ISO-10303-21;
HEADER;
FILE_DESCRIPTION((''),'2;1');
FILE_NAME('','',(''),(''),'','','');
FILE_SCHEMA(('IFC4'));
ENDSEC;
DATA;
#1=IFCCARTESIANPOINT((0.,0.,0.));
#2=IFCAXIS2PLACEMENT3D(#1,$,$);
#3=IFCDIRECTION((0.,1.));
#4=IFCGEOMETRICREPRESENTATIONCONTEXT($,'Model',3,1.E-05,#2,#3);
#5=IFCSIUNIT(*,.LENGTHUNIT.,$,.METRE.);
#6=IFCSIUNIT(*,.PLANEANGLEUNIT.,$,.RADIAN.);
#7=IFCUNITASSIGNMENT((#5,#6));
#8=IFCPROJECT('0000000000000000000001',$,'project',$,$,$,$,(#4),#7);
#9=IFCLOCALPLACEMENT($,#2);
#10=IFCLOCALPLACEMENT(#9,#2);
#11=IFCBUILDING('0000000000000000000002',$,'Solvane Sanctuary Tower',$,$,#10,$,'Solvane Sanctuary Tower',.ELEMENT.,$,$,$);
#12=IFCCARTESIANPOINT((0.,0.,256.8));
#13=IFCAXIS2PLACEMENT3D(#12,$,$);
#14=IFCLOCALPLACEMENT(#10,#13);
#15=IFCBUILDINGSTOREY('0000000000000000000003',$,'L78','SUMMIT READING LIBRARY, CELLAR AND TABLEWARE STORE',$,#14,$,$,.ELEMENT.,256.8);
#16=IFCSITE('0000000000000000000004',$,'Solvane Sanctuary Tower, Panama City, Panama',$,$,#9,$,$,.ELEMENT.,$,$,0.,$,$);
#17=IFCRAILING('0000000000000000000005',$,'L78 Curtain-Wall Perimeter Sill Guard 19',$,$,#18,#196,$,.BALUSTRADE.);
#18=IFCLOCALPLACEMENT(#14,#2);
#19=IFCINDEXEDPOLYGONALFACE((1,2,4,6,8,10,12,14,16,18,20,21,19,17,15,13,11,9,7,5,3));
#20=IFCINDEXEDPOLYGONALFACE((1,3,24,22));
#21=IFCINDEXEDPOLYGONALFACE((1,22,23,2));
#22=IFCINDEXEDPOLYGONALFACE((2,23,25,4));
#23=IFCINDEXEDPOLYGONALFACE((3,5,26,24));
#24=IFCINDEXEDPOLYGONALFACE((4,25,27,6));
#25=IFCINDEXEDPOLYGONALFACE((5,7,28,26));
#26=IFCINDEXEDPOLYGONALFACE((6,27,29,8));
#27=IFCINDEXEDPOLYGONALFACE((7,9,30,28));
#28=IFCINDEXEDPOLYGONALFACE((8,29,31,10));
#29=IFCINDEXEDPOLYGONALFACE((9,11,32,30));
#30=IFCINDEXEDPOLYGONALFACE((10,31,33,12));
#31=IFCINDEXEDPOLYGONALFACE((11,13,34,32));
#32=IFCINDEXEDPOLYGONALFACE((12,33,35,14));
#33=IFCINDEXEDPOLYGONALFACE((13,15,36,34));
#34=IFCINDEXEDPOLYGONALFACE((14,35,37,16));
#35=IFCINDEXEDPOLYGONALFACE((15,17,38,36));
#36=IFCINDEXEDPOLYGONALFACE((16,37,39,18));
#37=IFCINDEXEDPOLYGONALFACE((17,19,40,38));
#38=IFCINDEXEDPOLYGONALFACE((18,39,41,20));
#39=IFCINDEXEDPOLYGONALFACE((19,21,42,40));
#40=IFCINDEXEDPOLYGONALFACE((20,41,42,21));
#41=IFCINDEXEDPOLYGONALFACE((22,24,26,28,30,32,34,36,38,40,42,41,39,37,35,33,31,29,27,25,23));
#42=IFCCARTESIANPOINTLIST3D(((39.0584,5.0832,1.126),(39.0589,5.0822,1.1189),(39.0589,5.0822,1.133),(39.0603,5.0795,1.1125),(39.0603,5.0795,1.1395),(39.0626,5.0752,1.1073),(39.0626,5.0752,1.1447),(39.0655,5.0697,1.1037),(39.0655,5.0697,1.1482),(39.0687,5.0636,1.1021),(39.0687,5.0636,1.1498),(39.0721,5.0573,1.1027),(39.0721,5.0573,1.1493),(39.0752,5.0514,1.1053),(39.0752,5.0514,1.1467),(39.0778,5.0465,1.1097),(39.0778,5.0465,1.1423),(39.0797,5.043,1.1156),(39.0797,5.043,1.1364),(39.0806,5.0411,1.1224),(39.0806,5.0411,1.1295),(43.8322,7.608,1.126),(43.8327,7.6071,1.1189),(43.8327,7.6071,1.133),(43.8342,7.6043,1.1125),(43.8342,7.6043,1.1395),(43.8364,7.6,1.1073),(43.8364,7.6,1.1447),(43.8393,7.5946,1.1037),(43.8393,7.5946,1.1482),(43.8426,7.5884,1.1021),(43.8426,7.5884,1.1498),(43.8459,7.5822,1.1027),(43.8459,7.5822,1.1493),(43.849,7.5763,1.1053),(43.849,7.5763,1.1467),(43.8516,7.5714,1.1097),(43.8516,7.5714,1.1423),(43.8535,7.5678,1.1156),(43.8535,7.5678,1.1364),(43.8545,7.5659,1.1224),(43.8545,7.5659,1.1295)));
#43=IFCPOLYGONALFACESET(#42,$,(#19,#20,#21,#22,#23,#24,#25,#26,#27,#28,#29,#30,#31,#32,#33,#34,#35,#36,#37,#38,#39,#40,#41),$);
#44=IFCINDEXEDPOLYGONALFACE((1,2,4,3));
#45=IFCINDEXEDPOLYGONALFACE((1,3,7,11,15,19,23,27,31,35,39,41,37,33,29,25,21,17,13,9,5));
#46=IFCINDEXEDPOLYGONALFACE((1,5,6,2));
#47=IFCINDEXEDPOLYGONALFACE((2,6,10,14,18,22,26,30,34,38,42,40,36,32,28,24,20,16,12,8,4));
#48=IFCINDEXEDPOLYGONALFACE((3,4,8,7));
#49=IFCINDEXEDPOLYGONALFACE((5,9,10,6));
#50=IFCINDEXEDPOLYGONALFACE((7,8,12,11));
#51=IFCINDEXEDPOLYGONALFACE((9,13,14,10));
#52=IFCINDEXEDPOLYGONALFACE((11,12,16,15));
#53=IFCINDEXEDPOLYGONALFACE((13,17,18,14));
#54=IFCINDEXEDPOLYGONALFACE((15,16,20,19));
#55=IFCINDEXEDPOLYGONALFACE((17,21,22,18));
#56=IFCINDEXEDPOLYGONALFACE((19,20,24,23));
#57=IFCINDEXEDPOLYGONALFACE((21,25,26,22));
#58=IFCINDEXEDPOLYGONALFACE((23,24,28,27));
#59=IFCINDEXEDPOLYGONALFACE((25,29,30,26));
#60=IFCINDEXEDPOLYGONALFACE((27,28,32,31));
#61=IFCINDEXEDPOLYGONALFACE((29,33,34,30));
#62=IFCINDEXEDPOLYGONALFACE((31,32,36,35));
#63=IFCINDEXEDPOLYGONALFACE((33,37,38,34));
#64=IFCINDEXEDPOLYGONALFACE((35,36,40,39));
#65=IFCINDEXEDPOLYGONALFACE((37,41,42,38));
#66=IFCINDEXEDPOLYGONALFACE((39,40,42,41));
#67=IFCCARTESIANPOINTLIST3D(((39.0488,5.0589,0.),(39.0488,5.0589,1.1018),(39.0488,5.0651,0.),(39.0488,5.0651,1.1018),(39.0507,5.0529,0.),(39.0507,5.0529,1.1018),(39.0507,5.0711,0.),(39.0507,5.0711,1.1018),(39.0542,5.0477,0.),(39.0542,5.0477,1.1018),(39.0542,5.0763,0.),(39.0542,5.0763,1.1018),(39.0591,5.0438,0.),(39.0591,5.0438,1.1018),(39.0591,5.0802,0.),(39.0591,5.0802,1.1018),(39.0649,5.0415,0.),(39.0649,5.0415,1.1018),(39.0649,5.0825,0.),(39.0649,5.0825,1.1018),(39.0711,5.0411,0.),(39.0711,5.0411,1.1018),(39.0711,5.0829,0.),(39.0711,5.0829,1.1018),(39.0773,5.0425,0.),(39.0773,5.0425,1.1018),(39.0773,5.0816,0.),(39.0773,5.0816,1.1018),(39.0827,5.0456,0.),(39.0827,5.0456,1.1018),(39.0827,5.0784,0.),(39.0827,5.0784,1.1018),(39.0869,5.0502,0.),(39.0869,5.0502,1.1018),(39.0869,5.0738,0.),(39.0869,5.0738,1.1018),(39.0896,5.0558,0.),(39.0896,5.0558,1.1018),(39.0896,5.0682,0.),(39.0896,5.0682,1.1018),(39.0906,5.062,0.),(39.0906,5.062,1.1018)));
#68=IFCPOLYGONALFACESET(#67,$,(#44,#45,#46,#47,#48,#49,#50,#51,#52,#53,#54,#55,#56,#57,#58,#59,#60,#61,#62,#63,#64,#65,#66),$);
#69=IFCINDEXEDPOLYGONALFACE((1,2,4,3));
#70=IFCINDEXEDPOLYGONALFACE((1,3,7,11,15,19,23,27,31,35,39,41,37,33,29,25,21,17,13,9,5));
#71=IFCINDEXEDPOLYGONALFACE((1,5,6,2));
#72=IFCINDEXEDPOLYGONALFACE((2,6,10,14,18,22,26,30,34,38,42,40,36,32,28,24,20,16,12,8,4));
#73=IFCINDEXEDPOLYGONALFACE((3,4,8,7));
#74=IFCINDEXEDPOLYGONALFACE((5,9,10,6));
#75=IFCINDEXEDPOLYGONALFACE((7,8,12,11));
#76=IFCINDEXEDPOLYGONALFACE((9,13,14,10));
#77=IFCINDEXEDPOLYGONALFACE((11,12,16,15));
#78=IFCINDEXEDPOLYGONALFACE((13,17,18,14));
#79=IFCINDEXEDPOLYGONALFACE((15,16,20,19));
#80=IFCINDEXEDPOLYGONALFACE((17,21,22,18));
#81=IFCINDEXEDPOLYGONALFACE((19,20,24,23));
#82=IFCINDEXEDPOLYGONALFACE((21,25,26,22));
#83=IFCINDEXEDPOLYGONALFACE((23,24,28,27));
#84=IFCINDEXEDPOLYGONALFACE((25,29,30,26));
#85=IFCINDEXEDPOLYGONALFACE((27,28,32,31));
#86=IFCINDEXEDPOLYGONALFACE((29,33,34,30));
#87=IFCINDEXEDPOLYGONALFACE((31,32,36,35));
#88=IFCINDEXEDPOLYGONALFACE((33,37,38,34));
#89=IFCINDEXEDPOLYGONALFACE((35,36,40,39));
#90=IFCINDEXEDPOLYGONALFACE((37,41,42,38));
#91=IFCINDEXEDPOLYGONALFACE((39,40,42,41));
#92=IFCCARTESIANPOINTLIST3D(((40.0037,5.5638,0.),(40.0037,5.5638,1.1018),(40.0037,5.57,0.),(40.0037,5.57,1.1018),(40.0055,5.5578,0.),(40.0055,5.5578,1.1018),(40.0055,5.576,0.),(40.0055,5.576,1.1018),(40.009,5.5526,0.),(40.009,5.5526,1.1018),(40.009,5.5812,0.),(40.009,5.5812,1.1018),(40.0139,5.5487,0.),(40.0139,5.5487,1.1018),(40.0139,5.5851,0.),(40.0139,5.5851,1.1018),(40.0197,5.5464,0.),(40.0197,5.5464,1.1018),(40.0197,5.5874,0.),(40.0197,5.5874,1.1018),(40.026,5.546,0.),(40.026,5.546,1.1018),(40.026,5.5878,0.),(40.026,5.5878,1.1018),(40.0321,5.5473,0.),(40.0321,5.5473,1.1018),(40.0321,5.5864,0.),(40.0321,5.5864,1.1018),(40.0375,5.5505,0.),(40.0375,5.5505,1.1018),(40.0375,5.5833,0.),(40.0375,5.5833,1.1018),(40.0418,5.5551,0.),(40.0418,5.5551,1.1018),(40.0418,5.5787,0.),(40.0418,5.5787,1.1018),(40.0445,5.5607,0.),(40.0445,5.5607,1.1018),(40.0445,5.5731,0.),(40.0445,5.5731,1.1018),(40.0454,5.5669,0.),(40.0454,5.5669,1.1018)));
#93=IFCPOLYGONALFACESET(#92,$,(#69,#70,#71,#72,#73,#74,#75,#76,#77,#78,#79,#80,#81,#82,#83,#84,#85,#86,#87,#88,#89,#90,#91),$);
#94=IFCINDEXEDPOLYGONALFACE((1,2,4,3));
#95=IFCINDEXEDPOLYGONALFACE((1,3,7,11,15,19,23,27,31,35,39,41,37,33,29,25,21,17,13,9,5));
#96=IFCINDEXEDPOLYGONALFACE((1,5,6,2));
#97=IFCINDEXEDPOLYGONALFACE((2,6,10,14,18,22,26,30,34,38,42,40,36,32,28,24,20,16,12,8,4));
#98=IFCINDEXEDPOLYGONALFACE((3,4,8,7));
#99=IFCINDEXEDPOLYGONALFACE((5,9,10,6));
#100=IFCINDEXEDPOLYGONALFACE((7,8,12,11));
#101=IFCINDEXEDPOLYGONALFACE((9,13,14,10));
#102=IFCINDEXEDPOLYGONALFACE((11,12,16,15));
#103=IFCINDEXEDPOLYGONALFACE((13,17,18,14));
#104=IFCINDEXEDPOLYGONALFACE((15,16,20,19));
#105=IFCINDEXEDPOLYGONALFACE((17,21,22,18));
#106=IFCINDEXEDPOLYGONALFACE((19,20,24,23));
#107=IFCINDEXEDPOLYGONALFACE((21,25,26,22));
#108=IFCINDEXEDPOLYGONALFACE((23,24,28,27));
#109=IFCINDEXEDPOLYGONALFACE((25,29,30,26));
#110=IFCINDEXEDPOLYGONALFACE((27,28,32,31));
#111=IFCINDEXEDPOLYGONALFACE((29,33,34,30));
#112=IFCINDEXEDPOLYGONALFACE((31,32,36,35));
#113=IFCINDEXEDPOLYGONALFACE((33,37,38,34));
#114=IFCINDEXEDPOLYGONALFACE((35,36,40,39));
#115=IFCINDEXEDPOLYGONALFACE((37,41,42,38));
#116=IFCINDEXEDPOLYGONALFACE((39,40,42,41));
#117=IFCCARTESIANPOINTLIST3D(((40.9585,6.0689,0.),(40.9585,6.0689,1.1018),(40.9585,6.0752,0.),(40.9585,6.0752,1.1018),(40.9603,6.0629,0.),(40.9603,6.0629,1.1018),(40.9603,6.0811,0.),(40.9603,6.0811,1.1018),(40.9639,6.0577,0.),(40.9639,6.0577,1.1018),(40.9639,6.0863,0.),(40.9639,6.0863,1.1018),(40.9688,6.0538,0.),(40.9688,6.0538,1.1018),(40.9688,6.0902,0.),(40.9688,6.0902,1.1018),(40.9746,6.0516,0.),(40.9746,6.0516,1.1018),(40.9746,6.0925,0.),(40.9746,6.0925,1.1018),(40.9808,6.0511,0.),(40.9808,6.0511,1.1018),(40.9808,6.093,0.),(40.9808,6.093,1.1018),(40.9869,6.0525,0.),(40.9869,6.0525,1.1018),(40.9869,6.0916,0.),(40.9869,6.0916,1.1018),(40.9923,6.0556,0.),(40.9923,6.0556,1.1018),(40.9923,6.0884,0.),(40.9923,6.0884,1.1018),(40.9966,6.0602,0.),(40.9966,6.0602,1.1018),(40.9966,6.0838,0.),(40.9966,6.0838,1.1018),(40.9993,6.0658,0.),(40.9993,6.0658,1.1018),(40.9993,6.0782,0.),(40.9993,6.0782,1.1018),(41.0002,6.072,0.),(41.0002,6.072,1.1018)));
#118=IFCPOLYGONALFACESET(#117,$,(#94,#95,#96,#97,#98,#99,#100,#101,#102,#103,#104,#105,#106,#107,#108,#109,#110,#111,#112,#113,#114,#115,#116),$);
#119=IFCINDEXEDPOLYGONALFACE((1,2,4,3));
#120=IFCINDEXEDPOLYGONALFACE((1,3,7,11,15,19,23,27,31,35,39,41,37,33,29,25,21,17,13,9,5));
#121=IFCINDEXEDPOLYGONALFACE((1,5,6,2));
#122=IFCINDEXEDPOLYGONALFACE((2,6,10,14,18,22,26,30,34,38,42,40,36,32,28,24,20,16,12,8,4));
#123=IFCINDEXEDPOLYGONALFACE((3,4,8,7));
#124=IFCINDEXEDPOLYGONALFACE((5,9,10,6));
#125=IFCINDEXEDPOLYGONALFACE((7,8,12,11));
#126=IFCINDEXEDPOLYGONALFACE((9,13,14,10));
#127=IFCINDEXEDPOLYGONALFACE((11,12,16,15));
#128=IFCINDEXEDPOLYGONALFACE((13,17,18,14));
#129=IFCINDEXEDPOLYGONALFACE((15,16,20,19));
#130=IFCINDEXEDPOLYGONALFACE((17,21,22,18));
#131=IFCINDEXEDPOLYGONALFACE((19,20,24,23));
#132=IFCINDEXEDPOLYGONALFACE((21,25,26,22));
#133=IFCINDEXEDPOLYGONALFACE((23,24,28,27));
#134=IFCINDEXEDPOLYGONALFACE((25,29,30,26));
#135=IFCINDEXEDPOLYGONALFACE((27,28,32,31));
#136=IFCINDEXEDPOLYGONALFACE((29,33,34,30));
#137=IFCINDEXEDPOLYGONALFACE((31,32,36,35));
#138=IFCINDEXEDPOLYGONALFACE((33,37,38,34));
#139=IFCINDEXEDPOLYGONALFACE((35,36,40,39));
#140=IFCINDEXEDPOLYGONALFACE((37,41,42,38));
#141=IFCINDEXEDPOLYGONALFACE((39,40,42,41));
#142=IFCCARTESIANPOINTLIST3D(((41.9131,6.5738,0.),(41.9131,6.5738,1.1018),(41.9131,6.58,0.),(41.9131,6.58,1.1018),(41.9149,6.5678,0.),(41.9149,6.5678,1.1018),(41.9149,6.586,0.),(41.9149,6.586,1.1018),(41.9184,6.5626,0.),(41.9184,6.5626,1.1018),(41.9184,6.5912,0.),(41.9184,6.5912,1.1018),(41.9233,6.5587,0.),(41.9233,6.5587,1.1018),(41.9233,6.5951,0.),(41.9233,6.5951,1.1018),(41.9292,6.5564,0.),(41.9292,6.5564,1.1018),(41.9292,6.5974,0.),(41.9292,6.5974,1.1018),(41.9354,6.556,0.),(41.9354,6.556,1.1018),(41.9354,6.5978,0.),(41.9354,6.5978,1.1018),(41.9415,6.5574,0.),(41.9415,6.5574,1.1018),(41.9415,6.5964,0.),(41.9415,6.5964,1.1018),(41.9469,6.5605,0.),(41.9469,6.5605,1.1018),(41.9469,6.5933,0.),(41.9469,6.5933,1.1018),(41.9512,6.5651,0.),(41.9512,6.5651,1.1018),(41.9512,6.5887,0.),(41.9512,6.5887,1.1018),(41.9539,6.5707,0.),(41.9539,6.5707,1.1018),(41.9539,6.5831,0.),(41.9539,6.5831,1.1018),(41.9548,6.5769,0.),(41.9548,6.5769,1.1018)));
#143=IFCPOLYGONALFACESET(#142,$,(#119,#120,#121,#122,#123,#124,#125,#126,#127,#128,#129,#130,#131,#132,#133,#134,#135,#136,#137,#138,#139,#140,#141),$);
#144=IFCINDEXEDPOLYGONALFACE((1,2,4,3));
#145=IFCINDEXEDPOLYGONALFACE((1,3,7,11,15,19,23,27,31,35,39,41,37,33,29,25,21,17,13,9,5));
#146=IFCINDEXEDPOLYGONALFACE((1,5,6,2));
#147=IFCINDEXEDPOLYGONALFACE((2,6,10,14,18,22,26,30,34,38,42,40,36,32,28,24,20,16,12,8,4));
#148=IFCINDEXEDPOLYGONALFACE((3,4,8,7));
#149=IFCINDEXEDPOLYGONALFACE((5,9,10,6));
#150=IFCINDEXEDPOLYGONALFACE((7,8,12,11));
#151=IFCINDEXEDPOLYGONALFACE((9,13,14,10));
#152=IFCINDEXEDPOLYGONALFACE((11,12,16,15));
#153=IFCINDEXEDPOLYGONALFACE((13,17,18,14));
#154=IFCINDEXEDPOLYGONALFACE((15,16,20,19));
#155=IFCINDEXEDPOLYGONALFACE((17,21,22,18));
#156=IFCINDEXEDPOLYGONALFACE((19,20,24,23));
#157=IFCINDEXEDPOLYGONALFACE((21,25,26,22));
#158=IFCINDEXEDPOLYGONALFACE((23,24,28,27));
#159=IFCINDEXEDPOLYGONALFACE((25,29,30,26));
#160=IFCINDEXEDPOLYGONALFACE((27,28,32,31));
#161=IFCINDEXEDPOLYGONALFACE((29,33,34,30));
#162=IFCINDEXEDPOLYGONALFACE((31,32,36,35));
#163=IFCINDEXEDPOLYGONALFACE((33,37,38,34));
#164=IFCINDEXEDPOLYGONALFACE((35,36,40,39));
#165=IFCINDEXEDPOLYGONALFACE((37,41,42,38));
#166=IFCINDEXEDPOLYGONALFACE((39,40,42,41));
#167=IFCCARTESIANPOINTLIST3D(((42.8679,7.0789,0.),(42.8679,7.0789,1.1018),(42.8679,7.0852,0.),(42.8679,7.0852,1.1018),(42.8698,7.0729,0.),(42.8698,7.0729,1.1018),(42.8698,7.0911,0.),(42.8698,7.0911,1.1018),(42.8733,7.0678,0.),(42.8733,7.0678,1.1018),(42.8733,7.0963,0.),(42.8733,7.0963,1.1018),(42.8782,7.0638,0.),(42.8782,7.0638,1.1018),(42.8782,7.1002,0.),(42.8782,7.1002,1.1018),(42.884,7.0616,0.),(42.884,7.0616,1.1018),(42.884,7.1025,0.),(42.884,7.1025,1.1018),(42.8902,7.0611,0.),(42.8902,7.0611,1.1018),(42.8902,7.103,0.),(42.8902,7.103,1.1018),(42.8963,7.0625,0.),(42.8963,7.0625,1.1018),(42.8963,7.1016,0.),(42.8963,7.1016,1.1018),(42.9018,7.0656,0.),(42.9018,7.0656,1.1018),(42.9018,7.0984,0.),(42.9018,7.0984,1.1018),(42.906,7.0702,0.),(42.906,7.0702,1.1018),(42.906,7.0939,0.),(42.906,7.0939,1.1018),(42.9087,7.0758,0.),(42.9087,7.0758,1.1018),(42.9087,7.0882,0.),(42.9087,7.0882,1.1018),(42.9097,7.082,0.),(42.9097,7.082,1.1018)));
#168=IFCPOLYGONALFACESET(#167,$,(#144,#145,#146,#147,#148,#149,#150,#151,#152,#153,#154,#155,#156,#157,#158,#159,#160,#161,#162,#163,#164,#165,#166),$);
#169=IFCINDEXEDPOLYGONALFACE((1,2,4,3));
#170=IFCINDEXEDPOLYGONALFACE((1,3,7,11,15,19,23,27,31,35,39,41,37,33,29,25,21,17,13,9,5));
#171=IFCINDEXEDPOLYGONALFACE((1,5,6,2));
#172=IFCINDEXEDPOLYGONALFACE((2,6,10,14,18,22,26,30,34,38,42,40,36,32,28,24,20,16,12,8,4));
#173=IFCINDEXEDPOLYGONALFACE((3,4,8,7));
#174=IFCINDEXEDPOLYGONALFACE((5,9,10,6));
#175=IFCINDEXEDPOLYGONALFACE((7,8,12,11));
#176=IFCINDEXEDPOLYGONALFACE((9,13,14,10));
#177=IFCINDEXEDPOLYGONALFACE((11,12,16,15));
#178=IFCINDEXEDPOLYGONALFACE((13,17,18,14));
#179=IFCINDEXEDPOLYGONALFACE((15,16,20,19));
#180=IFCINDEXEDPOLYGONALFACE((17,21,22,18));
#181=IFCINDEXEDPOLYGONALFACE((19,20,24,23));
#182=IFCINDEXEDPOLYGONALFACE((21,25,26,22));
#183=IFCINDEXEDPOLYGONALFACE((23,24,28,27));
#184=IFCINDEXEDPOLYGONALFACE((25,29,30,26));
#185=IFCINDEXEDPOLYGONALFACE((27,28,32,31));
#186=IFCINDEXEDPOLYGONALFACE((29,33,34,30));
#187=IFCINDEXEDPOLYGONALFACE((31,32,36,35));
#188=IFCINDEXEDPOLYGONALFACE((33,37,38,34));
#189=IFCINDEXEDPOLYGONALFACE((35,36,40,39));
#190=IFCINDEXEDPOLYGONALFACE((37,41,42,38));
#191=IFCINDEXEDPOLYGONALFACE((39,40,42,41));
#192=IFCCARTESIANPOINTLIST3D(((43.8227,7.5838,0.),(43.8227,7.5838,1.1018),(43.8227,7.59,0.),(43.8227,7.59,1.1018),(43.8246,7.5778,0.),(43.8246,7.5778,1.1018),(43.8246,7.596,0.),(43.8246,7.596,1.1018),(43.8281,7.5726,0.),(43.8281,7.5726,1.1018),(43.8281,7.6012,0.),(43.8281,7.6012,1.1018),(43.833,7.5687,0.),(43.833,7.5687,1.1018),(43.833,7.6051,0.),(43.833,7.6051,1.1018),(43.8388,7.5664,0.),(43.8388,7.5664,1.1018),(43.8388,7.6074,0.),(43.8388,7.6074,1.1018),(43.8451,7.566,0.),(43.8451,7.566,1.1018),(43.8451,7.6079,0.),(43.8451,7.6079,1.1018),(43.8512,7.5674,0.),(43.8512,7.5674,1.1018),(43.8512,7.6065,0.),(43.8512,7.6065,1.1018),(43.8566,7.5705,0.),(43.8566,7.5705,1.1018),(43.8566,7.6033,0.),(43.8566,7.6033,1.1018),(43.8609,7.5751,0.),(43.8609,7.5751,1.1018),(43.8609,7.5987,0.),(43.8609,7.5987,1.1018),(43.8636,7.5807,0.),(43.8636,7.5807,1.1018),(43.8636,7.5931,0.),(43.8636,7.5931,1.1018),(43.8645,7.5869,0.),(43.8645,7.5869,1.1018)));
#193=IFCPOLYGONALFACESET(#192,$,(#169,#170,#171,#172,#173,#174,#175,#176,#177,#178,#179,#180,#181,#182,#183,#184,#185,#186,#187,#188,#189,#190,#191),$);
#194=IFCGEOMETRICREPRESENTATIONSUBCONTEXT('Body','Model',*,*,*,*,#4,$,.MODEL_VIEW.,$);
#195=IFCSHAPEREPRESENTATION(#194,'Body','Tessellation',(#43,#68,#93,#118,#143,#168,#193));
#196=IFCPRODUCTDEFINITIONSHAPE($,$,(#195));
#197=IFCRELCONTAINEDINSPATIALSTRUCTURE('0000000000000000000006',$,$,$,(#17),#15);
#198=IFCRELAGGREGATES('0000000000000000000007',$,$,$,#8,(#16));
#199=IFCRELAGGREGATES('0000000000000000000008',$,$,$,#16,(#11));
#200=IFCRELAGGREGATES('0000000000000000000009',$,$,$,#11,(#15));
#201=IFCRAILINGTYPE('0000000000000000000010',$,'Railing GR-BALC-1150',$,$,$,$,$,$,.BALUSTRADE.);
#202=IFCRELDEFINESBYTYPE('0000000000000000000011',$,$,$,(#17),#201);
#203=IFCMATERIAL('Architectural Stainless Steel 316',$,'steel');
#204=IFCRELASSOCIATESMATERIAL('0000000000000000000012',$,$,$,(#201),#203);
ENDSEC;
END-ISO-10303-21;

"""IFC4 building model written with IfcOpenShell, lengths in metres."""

from ifc_helpers import new_model, si_unit, direction, frame, origin, origin_2d, place, context, subcontext, project, spatial, circle, extrude, material, type_object, element, save


model = new_model("IFC4")

# Units and contexts
model_context = context("Model", 3, precision=1e-05, world=origin(), true_north=direction((0.0, 1.0)))
body_context = subcontext(model_context, "Body", "Model", "MODEL_VIEW")
ifc_project = project(units=[si_unit("LENGTHUNIT", "METRE"), si_unit("PLANEANGLEUNIT", "RADIAN")], contexts=[model_context])

# Site, building, storey
site_placement = place(None, origin())
site = spatial("IfcSite", under=ifc_project, at=site_placement, Name="Solvane Sanctuary Tower, Panama City, Panama", CompositionType="ELEMENT", RefElevation=0.0)
building_placement = place(site_placement, origin())
building = spatial("IfcBuilding", under=site, at=building_placement, Name="Solvane Sanctuary Tower", LongName="Solvane Sanctuary Tower", CompositionType="ELEMENT")
storey_placement = place(building_placement, frame((0.0, 0.0, 256.8)))
storey = spatial("IfcBuildingStorey", under=building, at=storey_placement, Name="L78", Description="SUMMIT READING LIBRARY, CELLAR AND TABLEWARE STORE", CompositionType="ELEMENT", Elevation=256.8)

# Shared definitions
ifc_material_1 = material(Name="Architectural Stainless Steel 316", Category="steel")

# Railing
railing_type = type_object("IfcRailingType", Name="Railing GR-BALC-1150", PredefinedType="BALUSTRADE", material=ifc_material_1)
railing_1_placement = place(storey_placement, frame((39.0696, 5.062, 0.0)))
element("IfcRailing", 1, at=railing_1_placement, inside=storey, type_object=railing_type, Name="L78 Curtain-Wall Perimeter Sill Guard 19", PredefinedType="BALUSTRADE", context=body_context, shape_type="SweptSolid", body=[
    extrude(circle(Radius=0.0239, at=origin_2d()), frame((0.0, 0.0, 1.126), z_axis=(0.883977, 0.46753, 0.0), x_axis=(-0.46753, 0.883977, 0.0)), (0.0, 0.0, 1.0), 5.4004),
    extrude(circle(Radius=0.021, at=origin_2d()), origin(), (0.0, 0.0, 1.0), 1.1018),
    extrude(circle(Radius=0.021, at=origin_2d()), frame((0.9548, 0.5049, 0.0)), (0.0, 0.0, 1.0), 1.1018),
    extrude(circle(Radius=0.021, at=origin_2d()), frame((1.9097, 1.01, 0.0)), (0.0, 0.0, 1.0), 1.1018),
    extrude(circle(Radius=0.021, at=origin_2d()), frame((2.8643, 1.5149, 0.0)), (0.0, 0.0, 1.0), 1.1018),
    extrude(circle(Radius=0.021, at=origin_2d()), frame((3.8191, 2.02, 0.0)), (0.0, 0.0, 1.0), 1.1018),
    extrude(circle(Radius=0.021, at=origin_2d()), frame((4.7739, 2.5249, 0.0)), (0.0, 0.0, 1.0), 1.1018),
])

save(model, "model.ifc")
